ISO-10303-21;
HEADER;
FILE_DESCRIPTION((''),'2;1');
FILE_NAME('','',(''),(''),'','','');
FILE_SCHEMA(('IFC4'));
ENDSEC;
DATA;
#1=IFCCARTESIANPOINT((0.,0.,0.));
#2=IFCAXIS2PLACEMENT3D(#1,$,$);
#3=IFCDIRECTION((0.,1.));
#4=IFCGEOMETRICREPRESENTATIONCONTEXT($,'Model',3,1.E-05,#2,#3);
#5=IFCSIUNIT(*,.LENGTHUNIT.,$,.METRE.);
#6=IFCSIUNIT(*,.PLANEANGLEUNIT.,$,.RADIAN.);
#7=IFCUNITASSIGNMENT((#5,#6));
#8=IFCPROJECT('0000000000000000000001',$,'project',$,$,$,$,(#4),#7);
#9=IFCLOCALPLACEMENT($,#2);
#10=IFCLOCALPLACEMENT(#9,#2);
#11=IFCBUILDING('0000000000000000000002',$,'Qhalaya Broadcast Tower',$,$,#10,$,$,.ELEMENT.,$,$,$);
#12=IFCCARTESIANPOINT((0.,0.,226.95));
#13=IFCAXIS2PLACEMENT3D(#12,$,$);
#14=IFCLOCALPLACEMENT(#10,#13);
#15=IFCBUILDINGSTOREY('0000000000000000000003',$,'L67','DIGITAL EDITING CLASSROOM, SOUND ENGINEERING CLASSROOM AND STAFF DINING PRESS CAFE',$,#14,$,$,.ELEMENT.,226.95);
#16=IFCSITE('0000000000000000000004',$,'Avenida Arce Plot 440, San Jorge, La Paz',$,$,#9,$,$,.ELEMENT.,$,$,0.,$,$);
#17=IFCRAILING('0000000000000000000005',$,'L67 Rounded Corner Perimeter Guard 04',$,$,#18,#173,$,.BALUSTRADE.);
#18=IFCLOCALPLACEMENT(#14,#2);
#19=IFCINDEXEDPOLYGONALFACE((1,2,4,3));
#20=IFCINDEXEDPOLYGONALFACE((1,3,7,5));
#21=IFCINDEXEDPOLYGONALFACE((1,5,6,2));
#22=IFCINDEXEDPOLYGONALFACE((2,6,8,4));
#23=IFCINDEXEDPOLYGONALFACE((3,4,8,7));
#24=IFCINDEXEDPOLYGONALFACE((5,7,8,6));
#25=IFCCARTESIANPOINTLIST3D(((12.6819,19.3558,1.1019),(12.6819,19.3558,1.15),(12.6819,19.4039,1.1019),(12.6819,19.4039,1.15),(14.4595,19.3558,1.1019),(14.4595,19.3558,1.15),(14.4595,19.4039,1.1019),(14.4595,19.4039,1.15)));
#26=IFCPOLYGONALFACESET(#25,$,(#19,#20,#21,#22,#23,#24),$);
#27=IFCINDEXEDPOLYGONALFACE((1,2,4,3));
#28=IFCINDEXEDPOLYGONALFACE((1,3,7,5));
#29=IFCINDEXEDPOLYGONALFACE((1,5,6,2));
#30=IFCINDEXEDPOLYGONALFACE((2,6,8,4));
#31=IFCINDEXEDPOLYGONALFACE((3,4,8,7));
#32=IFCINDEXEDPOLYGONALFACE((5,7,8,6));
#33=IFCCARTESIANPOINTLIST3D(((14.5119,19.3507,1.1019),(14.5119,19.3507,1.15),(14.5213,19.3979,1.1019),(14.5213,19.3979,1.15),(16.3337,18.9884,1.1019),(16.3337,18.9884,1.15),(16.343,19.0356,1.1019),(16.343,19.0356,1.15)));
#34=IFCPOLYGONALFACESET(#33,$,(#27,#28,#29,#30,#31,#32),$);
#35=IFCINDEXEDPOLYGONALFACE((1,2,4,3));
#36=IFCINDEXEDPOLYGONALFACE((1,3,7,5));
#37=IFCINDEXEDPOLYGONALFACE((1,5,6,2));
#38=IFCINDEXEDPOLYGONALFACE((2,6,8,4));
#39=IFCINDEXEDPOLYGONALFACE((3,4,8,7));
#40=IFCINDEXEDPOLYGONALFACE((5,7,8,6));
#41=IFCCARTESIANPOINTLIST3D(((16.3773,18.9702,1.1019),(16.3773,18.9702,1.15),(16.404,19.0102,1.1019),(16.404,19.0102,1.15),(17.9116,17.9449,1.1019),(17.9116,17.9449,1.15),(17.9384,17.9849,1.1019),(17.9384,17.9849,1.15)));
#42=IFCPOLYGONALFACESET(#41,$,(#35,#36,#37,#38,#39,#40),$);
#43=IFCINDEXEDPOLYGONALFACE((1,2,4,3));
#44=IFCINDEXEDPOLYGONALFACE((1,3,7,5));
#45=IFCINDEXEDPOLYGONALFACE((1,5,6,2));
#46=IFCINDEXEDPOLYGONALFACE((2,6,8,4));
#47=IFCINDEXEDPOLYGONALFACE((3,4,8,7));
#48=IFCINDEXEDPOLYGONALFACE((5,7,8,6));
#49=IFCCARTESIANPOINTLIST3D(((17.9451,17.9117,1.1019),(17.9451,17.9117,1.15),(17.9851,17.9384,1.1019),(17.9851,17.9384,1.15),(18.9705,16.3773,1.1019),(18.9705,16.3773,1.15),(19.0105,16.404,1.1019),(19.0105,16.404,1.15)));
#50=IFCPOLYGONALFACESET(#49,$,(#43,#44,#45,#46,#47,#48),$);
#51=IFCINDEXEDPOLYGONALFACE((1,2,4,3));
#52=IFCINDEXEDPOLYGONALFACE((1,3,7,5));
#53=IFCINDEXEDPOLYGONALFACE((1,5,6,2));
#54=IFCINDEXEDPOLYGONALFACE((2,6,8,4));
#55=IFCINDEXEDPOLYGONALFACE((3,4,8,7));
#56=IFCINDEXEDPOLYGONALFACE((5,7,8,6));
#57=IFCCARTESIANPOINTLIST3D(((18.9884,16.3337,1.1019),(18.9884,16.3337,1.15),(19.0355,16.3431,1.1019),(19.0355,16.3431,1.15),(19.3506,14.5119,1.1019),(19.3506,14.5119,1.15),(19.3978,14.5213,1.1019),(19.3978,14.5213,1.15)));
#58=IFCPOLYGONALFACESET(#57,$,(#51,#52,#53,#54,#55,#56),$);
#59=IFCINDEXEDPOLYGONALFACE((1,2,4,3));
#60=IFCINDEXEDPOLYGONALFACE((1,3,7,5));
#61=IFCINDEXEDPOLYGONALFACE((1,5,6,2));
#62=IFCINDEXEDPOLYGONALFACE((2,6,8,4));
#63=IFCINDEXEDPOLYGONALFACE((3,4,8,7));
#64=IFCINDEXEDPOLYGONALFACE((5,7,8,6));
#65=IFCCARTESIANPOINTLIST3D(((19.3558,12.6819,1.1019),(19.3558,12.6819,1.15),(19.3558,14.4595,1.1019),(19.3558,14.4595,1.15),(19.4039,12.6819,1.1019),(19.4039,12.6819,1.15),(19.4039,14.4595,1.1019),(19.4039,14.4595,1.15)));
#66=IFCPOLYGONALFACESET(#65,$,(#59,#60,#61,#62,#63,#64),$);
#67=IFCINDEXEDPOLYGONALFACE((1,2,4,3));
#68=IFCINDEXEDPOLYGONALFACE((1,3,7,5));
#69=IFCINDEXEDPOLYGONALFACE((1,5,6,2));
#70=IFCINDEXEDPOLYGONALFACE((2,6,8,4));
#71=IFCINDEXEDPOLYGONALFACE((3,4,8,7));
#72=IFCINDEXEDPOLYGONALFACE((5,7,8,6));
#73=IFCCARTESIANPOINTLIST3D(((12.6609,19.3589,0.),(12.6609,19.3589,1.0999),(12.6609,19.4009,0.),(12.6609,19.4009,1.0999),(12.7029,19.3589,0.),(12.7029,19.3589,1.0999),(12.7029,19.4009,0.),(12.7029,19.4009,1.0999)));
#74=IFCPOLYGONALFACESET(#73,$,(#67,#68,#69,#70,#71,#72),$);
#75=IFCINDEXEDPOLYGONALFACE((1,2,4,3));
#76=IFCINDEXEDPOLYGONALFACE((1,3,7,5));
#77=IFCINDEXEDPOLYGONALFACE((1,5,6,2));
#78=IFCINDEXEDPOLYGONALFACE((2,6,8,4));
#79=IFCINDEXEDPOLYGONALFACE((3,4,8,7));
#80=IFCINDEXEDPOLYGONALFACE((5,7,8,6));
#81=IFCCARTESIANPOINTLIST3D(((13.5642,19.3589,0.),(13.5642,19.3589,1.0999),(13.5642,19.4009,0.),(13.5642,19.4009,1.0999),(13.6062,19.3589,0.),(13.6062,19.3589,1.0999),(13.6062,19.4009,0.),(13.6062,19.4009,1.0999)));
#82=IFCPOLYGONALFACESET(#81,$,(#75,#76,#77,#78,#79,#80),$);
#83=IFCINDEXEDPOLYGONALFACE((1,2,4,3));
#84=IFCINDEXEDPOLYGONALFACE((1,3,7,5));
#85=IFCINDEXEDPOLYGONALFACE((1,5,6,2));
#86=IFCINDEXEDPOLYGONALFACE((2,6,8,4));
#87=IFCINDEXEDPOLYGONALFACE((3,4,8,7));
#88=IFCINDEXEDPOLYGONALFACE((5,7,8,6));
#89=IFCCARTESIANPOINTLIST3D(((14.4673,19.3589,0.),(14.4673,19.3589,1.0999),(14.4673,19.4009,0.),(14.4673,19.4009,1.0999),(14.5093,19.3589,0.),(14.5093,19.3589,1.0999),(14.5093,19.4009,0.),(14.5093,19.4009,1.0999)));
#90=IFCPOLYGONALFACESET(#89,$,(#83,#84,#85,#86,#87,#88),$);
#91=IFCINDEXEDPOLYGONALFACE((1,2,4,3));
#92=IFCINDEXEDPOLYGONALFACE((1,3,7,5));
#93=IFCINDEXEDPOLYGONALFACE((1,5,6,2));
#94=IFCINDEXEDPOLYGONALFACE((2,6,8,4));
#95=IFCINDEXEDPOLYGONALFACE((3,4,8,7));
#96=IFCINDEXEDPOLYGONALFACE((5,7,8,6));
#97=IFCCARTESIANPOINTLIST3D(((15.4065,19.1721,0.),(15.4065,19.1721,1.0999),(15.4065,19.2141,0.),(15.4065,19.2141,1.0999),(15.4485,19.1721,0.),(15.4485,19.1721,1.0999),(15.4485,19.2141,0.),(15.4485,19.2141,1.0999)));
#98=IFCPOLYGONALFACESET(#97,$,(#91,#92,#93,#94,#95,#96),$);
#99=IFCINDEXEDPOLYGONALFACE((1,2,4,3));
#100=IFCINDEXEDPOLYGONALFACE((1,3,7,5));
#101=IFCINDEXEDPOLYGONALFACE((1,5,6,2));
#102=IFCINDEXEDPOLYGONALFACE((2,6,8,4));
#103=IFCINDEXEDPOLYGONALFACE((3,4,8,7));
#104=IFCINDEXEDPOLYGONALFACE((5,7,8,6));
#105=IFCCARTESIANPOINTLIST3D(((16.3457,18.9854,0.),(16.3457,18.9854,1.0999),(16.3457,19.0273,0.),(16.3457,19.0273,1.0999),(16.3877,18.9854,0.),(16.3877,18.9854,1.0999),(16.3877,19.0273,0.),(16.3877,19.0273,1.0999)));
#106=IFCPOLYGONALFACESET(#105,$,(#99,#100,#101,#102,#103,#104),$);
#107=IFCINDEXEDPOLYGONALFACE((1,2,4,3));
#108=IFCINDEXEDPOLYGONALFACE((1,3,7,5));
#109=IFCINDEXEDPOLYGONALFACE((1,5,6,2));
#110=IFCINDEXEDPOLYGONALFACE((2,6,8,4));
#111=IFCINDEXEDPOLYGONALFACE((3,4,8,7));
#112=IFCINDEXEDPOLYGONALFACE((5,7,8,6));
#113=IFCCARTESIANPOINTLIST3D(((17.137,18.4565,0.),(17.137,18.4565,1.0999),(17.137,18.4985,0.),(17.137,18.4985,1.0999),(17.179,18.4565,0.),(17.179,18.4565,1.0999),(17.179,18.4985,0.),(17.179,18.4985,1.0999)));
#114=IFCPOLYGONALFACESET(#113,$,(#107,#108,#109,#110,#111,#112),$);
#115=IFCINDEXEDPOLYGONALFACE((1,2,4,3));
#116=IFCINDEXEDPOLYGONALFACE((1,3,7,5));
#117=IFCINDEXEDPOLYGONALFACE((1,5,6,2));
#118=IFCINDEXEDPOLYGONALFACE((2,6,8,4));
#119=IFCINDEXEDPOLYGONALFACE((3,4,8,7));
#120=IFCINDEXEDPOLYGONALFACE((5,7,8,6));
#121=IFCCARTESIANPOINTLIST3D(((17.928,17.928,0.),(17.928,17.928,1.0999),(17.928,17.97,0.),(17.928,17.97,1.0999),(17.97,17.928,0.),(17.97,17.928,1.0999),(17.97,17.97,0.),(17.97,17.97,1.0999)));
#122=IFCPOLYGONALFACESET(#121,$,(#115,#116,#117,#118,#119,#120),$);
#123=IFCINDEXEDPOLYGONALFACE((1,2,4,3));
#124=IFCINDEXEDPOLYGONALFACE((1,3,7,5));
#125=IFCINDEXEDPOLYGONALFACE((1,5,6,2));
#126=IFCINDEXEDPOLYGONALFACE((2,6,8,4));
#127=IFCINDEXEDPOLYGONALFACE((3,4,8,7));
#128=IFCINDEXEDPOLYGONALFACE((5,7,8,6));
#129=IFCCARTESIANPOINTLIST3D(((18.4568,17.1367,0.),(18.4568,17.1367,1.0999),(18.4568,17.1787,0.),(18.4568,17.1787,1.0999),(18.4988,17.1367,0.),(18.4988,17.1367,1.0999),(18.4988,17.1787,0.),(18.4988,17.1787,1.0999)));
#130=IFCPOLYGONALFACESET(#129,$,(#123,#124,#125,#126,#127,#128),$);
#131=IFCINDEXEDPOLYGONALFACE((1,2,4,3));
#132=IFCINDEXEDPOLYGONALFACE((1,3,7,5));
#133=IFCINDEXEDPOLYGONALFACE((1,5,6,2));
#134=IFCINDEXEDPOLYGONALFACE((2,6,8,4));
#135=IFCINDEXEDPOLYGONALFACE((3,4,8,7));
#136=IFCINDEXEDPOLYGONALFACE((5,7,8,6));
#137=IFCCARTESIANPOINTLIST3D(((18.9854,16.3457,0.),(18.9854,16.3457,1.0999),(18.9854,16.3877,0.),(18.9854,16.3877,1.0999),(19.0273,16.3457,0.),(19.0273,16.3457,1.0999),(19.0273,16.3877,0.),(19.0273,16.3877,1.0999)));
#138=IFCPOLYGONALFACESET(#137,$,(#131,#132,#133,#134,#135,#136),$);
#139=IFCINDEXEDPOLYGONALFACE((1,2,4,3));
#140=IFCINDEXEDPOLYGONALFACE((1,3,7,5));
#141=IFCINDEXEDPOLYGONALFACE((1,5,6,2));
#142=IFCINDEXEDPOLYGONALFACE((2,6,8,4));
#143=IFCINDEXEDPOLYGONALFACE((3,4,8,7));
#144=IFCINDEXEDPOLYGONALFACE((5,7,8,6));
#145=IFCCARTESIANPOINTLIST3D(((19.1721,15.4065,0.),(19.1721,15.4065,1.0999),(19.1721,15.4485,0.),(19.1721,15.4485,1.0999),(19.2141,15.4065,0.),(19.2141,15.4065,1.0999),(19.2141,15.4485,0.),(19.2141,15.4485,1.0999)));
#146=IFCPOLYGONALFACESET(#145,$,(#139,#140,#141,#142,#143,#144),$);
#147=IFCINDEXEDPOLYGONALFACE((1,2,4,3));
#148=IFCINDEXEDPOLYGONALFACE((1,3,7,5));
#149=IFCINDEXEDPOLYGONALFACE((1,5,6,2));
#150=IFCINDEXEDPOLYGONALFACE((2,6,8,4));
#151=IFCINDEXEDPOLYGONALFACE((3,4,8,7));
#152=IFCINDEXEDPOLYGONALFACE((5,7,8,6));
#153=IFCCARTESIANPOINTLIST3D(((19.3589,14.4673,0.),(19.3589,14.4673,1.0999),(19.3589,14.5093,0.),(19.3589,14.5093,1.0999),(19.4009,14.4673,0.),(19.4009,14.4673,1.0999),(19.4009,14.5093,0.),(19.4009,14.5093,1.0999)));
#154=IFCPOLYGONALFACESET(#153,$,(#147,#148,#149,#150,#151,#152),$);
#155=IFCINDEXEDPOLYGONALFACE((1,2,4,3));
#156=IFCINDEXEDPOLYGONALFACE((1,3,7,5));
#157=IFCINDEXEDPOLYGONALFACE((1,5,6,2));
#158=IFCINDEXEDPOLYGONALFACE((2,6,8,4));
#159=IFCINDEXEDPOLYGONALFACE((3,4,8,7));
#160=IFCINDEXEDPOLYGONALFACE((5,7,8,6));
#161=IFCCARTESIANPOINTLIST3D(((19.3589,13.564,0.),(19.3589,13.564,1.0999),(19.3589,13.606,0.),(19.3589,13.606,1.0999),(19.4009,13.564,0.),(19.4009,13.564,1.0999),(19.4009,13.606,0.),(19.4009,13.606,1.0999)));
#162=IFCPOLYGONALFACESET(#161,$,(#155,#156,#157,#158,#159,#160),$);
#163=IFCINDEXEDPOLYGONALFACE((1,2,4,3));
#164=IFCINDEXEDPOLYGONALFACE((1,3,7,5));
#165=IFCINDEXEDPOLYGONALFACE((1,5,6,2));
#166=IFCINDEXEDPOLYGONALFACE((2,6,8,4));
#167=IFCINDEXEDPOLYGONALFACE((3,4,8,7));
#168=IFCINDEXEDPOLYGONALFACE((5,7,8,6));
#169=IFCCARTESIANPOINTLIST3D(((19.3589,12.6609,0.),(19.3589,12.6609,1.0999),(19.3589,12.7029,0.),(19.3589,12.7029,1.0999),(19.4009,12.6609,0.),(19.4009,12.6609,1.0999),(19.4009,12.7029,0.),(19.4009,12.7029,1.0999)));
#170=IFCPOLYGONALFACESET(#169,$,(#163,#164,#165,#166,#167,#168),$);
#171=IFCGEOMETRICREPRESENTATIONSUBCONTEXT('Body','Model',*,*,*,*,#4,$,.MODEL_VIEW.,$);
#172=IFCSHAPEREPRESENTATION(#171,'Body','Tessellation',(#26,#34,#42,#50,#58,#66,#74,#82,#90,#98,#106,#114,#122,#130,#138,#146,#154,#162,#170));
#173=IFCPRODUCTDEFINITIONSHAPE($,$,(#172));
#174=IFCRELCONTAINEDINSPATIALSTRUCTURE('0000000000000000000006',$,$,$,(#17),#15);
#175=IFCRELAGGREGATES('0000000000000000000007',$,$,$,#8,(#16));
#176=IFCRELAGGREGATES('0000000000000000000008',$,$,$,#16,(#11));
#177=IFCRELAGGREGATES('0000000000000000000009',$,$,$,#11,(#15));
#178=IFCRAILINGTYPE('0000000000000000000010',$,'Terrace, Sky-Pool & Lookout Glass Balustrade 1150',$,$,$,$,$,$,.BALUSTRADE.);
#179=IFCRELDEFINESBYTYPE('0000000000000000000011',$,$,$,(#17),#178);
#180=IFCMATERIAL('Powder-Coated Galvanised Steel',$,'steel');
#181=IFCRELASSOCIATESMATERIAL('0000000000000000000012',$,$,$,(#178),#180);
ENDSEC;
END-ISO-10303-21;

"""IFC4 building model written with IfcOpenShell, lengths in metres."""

from ifc_helpers import new_model, si_unit, direction, frame, origin, origin_2d, place, context, subcontext, project, spatial, rectangle, extrude, material, type_object, element, save


model = new_model("IFC4")

# Units and contexts
model_context = context("Model", 3, precision=1e-05, world=origin(), true_north=direction((0.0, 1.0)))
body_context = subcontext(model_context, "Body", "Model", "MODEL_VIEW")
ifc_project = project(units=[si_unit("LENGTHUNIT", "METRE"), si_unit("PLANEANGLEUNIT", "RADIAN")], contexts=[model_context])

# Site, building, storey
site_placement = place(None, origin())
site = spatial("IfcSite", under=ifc_project, at=site_placement, Name="Avenida Arce Plot 440, San Jorge, La Paz", CompositionType="ELEMENT", RefElevation=0.0)
building_placement = place(site_placement, origin())
building = spatial("IfcBuilding", under=site, at=building_placement, Name="Qhalaya Broadcast Tower", CompositionType="ELEMENT")
storey_placement = place(building_placement, frame((0.0, 0.0, 226.95)))
storey = spatial("IfcBuildingStorey", under=building, at=storey_placement, Name="L67", Description="DIGITAL EDITING CLASSROOM, SOUND ENGINEERING CLASSROOM AND STAFF DINING PRESS CAFE", CompositionType="ELEMENT", Elevation=226.95)

# Railing
ifc_material_1 = material(Name="Powder-Coated Galvanised Steel", Category="steel")
railing_type = type_object("IfcRailingType", Name="Terrace, Sky-Pool & Lookout Glass Balustrade 1150", PredefinedType="BALUSTRADE", material=ifc_material_1)
railing_placement = place(storey_placement, frame((12.6819, 19.3799, 0.0)))
element("IfcRailing", 1, at=railing_placement, inside=storey, type_object=railing_type, Name="L67 Rounded Corner Perimeter Guard 04", PredefinedType="BALUSTRADE", context=body_context, shape_type="SweptSolid", body=[
    extrude(rectangle(XDim=0.0481, YDim=0.0481, at=origin_2d()), frame((0.0, 0.0, 1.126), z_axis=(1.0, 0.0, 0.0), x_axis=(0.0, 1.0, 0.0)), (0.0, 0.0, 1.0), 1.7776),
    extrude(rectangle(XDim=0.0481, YDim=0.0481, at=origin_2d()), frame((1.8347, -0.0056, 1.126), z_axis=(0.980796, -0.195037, 0.0), x_axis=(0.195037, 0.980796, 0.0)), (0.0, 0.0, 1.0), 1.8574),
    extrude(rectangle(XDim=0.0481, YDim=0.0481, at=origin_2d()), frame((3.7087, -0.3896, 1.126), z_axis=(0.831438, -0.555618, 0.0), x_axis=(0.555618, 0.831438, 0.0)), (0.0, 0.0, 1.0), 1.8455),
    extrude(rectangle(XDim=0.0481, YDim=0.0481, at=origin_2d()), frame((5.2832, -1.4548, 1.126), z_axis=(0.555618, -0.831438, 0.0), x_axis=(0.831438, 0.555618, 0.0)), (0.0, 0.0, 1.0), 1.8455),
    extrude(rectangle(XDim=0.0481, YDim=0.0481, at=origin_2d()), frame((6.3301, -3.0415, 1.126), z_axis=(0.195037, -0.980796, 0.0), x_axis=(0.980796, 0.195037, 0.0)), (0.0, 0.0, 1.0), 1.8574),
    extrude(rectangle(XDim=0.0481, YDim=0.0481, at=origin_2d()), frame((6.698, -4.9204, 1.126), z_axis=(0.0, -1.0, 0.0), x_axis=(1.0, 0.0, 0.0)), (0.0, 0.0, 1.0), 1.7776),
    extrude(rectangle(XDim=0.042, YDim=0.042, at=origin_2d()), origin(), (0.0, 0.0, 1.0), 1.0999),
    extrude(rectangle(XDim=0.042, YDim=0.042, at=origin_2d()), frame((0.9033, 0.0, 0.0)), (0.0, 0.0, 1.0), 1.0999),
    extrude(rectangle(XDim=0.042, YDim=0.042, at=origin_2d()), frame((1.8064, 0.0, 0.0)), (0.0, 0.0, 1.0), 1.0999),
    extrude(rectangle(XDim=0.042, YDim=0.042, at=origin_2d()), frame((2.7456, -0.1868, 0.0)), (0.0, 0.0, 1.0), 1.0999),
    extrude(rectangle(XDim=0.042, YDim=0.042, at=origin_2d()), frame((3.6848, -0.3735, 0.0)), (0.0, 0.0, 1.0), 1.0999),
    extrude(rectangle(XDim=0.042, YDim=0.042, at=origin_2d()), frame((4.4761, -0.9023, 0.0)), (0.0, 0.0, 1.0), 1.0999),
    extrude(rectangle(XDim=0.042, YDim=0.042, at=origin_2d()), frame((5.2671, -1.4309, 0.0)), (0.0, 0.0, 1.0), 1.0999),
    extrude(rectangle(XDim=0.042, YDim=0.042, at=origin_2d()), frame((5.7959, -2.2222, 0.0)), (0.0, 0.0, 1.0), 1.0999),
    extrude(rectangle(XDim=0.042, YDim=0.042, at=origin_2d()), frame((6.3245, -3.0132, 0.0)), (0.0, 0.0, 1.0), 1.0999),
    extrude(rectangle(XDim=0.042, YDim=0.042, at=origin_2d()), frame((6.5112, -3.9524, 0.0)), (0.0, 0.0, 1.0), 1.0999),
    extrude(rectangle(XDim=0.042, YDim=0.042, at=origin_2d()), frame((6.698, -4.8916, 0.0)), (0.0, 0.0, 1.0), 1.0999),
    extrude(rectangle(XDim=0.042, YDim=0.042, at=origin_2d()), frame((6.698, -5.7949, 0.0)), (0.0, 0.0, 1.0), 1.0999),
    extrude(rectangle(XDim=0.042, YDim=0.042, at=origin_2d()), frame((6.698, -6.698, 0.0)), (0.0, 0.0, 1.0), 1.0999),
])

save(model, "model.ifc")
